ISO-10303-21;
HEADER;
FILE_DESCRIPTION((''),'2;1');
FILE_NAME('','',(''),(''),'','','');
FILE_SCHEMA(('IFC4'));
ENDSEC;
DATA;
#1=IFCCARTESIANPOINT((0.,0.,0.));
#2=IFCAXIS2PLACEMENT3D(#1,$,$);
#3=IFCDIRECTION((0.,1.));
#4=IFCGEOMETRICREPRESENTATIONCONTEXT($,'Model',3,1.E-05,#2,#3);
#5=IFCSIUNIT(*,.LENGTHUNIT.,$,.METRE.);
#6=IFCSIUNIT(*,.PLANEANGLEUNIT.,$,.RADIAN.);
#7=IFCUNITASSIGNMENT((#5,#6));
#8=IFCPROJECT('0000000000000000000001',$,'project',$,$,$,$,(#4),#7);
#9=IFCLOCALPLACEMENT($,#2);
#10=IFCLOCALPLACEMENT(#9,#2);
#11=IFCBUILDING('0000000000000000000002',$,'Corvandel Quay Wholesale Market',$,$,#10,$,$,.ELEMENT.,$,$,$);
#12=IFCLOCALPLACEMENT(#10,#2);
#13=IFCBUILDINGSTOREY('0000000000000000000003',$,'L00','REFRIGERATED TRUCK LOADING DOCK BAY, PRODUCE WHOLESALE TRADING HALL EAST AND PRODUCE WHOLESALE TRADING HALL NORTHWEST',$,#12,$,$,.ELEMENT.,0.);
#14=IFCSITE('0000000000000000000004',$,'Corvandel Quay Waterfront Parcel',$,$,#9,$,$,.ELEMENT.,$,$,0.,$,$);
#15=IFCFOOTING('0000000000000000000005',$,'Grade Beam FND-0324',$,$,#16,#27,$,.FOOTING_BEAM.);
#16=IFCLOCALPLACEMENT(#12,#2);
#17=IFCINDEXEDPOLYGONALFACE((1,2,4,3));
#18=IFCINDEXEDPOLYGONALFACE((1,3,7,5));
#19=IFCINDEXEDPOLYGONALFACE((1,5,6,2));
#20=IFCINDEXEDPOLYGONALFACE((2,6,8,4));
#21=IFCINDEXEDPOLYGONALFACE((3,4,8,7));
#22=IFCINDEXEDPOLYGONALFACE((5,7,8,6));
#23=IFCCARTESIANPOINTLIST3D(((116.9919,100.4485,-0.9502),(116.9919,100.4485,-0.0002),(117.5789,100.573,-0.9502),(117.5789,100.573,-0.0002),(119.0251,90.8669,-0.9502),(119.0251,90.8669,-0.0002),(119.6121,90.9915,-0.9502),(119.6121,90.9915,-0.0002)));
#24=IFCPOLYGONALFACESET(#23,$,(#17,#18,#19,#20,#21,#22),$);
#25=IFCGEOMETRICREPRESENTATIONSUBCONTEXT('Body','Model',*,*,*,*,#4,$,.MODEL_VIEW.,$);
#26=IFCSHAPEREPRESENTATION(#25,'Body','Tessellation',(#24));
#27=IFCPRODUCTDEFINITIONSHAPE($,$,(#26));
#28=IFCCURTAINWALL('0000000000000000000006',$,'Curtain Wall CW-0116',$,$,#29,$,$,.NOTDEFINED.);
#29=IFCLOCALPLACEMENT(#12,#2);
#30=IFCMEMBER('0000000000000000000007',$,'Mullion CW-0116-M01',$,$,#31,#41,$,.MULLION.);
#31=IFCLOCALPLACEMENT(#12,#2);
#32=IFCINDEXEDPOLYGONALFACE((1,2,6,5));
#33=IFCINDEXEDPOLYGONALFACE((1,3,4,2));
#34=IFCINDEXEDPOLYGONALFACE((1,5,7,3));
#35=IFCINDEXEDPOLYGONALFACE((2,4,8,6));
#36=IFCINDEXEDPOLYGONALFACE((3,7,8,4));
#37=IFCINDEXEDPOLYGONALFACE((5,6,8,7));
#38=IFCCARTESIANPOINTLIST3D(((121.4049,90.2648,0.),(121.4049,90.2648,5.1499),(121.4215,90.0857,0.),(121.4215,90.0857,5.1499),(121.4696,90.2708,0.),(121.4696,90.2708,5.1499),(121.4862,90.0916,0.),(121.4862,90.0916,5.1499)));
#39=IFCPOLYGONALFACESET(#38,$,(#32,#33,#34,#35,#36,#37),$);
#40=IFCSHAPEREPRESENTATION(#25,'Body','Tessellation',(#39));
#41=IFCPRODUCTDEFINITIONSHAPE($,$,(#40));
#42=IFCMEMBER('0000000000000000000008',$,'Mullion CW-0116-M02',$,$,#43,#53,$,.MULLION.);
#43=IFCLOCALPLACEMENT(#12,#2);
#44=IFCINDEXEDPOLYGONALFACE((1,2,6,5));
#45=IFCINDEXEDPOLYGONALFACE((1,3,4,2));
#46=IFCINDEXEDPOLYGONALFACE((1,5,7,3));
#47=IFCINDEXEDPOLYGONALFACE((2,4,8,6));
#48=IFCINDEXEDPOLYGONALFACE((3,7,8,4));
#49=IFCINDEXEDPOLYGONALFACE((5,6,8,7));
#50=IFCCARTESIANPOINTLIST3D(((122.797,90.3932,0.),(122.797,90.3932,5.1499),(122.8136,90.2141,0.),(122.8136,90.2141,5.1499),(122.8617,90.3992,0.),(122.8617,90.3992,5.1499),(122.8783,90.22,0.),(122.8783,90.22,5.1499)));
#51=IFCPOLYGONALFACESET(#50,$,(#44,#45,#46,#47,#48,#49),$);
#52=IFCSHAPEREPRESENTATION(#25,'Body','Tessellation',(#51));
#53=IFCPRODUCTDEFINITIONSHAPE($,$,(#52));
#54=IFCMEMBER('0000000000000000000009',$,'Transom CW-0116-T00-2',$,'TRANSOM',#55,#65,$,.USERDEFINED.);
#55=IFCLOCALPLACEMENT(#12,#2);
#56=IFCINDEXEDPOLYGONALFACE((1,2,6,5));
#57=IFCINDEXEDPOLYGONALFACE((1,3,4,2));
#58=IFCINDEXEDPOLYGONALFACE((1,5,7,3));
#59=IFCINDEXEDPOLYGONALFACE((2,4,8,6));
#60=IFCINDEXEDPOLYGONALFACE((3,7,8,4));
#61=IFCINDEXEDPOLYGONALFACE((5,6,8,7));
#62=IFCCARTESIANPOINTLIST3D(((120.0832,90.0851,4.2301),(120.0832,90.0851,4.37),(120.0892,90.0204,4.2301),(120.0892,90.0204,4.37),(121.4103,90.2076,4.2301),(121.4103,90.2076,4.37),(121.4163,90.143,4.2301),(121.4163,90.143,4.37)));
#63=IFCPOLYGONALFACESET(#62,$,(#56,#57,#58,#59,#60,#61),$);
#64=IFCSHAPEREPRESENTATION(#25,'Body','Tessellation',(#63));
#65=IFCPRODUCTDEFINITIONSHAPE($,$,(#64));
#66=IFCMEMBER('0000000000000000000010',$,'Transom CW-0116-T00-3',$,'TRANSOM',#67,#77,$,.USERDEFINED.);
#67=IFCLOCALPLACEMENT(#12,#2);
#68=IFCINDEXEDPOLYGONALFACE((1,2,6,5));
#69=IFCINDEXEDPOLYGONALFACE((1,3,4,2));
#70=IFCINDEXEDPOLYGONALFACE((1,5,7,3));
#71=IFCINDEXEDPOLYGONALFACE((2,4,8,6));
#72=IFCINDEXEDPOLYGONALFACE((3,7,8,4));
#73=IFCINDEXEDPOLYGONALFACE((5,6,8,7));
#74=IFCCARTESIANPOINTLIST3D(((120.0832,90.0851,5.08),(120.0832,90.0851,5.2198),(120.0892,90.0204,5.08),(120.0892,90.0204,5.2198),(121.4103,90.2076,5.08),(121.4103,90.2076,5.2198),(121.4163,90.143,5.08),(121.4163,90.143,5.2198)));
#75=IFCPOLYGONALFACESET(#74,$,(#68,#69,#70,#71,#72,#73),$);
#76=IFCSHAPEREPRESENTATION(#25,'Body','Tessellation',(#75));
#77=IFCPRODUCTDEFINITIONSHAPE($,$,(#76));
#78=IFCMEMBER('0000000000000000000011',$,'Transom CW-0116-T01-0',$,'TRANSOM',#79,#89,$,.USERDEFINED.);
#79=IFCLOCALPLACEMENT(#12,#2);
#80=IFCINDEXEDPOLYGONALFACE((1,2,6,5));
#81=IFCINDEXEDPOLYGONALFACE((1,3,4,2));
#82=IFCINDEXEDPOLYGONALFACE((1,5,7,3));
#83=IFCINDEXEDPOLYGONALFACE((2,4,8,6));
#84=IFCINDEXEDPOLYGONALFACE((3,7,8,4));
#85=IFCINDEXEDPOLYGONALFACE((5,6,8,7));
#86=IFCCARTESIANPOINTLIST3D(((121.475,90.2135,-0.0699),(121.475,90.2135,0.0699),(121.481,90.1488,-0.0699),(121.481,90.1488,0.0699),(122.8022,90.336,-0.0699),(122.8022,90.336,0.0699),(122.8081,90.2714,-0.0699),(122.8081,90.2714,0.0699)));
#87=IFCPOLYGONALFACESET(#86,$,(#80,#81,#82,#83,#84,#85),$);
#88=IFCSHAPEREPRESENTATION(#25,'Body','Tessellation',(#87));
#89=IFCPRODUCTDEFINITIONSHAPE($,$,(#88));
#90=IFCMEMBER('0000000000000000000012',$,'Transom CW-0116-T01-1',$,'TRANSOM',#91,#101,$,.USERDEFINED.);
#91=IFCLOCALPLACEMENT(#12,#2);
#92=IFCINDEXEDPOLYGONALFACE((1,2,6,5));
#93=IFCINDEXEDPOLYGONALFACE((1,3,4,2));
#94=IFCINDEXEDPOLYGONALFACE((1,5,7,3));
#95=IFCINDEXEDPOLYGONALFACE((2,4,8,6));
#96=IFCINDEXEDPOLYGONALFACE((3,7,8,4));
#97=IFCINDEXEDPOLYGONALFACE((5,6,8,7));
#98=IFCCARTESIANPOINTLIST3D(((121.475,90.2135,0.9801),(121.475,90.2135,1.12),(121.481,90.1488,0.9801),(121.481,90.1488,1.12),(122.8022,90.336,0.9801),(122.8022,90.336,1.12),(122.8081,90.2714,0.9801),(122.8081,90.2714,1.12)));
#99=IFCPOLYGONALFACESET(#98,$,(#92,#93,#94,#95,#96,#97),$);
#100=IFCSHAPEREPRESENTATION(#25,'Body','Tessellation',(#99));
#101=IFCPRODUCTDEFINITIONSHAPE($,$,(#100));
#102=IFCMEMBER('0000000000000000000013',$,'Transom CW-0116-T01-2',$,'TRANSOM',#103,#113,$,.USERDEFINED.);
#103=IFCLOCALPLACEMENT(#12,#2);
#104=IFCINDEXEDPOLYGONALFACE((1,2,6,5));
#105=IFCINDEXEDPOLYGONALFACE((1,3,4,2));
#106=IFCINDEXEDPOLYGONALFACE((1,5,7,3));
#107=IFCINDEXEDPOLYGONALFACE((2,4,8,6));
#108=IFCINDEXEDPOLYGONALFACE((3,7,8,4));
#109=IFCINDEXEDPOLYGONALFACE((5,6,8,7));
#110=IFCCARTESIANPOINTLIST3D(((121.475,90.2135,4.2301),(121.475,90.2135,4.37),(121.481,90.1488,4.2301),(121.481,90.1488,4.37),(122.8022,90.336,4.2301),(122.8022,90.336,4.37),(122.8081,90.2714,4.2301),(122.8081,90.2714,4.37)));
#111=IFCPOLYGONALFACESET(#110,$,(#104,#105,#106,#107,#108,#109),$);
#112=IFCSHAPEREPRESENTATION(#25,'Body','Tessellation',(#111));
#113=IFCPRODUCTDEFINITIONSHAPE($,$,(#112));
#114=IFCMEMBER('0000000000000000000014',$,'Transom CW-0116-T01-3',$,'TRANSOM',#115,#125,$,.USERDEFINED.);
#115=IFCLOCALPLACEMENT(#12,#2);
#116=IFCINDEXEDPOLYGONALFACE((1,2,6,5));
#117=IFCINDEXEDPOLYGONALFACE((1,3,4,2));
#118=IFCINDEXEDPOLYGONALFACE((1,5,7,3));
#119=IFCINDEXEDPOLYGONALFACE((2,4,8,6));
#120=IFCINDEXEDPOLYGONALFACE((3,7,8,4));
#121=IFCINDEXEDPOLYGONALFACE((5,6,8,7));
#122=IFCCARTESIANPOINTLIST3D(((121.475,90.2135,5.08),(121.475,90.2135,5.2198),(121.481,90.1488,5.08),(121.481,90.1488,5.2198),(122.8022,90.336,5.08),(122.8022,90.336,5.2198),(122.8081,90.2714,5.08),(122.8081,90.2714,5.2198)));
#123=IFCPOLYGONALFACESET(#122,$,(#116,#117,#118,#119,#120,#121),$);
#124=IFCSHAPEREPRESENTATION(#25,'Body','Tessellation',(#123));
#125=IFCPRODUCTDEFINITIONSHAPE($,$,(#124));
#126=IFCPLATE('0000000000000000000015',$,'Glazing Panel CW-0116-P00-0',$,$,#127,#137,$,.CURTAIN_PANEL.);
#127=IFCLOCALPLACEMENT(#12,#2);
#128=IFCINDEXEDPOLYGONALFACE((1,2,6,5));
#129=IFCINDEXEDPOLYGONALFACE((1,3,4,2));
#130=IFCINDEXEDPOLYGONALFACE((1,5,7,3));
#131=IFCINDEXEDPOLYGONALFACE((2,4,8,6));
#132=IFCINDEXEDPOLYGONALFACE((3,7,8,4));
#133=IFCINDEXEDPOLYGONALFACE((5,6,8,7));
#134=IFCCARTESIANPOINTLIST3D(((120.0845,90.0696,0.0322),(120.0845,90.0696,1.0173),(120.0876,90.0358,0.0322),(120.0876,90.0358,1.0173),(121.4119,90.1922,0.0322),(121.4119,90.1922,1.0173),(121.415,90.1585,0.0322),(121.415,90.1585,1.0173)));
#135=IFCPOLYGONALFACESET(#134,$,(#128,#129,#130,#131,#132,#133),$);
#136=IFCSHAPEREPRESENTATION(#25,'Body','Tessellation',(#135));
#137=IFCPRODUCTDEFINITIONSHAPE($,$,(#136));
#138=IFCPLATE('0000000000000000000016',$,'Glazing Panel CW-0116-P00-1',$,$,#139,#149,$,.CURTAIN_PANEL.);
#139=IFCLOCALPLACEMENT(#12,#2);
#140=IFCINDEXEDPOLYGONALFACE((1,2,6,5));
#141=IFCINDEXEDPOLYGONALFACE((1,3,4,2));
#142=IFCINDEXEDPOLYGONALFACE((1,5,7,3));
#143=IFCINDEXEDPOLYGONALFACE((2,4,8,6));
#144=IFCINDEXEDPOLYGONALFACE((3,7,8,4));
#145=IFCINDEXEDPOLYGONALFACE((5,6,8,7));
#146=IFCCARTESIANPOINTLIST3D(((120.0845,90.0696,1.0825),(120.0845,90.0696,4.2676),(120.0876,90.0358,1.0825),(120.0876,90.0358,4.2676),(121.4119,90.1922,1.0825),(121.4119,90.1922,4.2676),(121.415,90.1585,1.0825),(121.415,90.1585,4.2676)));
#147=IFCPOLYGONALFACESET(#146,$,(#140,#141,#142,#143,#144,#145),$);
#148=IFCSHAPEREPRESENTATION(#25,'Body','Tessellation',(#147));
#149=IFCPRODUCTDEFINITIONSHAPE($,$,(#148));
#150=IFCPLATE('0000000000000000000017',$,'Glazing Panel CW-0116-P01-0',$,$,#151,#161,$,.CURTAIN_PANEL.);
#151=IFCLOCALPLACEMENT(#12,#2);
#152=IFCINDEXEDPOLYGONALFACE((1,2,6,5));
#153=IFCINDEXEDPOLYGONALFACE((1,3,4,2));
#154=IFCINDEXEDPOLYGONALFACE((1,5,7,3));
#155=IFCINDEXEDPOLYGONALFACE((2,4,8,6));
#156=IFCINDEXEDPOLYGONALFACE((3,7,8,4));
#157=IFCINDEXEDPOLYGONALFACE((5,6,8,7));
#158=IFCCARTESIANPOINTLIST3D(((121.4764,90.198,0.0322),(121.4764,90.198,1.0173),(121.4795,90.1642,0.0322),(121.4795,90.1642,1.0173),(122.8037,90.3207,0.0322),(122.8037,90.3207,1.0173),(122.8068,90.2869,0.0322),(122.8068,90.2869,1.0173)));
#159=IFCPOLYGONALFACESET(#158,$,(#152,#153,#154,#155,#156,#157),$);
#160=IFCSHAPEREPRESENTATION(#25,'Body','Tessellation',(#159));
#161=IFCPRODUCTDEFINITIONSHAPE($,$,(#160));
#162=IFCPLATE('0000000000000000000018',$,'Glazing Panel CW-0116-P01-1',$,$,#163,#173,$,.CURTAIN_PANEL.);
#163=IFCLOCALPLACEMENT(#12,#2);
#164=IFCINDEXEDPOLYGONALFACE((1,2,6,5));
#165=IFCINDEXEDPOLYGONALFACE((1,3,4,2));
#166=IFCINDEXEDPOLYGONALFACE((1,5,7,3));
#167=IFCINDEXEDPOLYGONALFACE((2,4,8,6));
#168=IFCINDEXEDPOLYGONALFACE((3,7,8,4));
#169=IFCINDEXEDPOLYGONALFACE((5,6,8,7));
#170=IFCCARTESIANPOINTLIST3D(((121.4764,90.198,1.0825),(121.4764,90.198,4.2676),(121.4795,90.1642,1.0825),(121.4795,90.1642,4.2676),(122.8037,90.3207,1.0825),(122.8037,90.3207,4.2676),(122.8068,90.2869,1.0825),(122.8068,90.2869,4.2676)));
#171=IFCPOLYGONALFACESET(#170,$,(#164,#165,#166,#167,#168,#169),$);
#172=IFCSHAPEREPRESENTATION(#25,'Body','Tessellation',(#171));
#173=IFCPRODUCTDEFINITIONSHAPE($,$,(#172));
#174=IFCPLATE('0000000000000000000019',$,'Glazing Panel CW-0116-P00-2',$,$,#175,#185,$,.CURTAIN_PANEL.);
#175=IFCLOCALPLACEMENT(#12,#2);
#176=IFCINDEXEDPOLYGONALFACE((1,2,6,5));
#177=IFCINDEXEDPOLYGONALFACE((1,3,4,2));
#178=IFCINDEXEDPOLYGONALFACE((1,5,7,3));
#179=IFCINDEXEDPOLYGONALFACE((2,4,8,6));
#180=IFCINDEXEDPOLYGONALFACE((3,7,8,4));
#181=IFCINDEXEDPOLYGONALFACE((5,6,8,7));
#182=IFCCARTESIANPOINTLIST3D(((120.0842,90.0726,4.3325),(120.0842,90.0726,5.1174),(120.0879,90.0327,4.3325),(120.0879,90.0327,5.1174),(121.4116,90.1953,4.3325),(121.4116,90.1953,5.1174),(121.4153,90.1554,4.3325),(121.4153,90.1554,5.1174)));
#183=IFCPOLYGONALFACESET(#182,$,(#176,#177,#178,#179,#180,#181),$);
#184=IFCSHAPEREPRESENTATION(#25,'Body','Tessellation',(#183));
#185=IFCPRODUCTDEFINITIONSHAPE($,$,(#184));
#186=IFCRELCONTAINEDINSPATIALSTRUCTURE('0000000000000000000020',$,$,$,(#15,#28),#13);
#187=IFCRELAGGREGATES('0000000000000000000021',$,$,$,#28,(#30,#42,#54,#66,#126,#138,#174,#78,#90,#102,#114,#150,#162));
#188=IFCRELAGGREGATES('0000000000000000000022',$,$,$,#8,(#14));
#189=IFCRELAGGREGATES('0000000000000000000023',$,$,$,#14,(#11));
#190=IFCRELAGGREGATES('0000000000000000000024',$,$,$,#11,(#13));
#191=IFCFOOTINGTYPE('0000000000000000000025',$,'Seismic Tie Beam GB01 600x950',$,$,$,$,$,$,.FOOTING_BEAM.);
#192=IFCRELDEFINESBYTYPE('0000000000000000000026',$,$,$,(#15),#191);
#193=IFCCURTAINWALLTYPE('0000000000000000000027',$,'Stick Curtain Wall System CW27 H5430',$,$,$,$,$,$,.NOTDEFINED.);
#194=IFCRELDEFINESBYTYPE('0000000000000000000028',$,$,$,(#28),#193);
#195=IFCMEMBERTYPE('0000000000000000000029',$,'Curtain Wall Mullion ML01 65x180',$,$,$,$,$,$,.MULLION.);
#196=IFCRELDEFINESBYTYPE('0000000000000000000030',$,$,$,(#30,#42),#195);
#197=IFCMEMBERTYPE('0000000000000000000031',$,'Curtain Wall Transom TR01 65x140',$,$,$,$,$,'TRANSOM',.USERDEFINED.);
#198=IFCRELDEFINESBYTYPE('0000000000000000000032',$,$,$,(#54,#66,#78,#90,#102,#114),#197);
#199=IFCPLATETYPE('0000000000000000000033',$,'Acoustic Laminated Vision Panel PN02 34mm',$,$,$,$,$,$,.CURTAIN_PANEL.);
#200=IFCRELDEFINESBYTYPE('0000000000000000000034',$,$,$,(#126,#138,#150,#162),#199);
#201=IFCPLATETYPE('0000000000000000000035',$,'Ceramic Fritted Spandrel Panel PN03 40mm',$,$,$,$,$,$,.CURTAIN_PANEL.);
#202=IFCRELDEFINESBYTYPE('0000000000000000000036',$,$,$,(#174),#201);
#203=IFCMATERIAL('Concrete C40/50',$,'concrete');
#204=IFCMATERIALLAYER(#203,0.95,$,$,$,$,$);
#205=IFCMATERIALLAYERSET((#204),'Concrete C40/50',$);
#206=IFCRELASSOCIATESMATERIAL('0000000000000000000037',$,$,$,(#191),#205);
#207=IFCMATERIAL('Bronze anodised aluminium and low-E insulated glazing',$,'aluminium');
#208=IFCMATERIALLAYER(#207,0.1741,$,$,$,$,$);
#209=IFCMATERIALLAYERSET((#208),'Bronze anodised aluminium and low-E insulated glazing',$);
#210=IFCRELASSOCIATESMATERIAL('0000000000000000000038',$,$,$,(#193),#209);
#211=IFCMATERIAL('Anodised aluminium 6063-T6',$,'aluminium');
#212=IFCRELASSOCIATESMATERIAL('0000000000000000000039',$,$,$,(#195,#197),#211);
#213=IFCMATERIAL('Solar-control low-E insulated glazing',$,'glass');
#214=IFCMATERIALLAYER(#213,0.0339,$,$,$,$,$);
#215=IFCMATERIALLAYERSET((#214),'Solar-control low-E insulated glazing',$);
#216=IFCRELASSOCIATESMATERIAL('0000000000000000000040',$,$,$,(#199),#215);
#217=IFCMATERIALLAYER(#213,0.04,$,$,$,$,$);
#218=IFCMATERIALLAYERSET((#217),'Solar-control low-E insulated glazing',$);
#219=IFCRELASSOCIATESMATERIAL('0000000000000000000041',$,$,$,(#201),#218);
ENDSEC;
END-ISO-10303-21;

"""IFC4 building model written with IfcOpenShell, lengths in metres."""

from ifc_helpers import new_model, si_unit, direction, frame, origin, origin_2d, place, context, subcontext, project, spatial, rectangle, extrude, material, layer, layer_set, material_profile, profile_set, type_object, element, aggregate, save


model = new_model("IFC4")

# Units and contexts
model_context = context("Model", 3, precision=1e-05, world=origin(), true_north=direction((0.0, 1.0)))
body_context = subcontext(model_context, "Body", "Model", "MODEL_VIEW")
ifc_project = project(units=[si_unit("LENGTHUNIT", "METRE"), si_unit("PLANEANGLEUNIT", "RADIAN")], contexts=[model_context])

# Site, building, storey
site_placement = place(None, origin())
site = spatial("IfcSite", under=ifc_project, at=site_placement, Name="Corvandel Quay Waterfront Parcel", CompositionType="ELEMENT", RefElevation=0.0)
building_placement = place(site_placement, origin())
building = spatial("IfcBuilding", under=site, at=building_placement, Name="Corvandel Quay Wholesale Market", CompositionType="ELEMENT")
storey_placement = place(building_placement, origin())
storey = spatial("IfcBuildingStorey", under=building, at=storey_placement, Name="L00", Description="REFRIGERATED TRUCK LOADING DOCK BAY, PRODUCE WHOLESALE TRADING HALL EAST AND PRODUCE WHOLESALE TRADING HALL NORTHWEST", CompositionType="ELEMENT", Elevation=0.0)

# Footing
ifc_material_1 = material(Name="Concrete C40/50", Category="concrete")
ifc_layer_1 = layer(ifc_material_1, 0.95)
ifc_layer_set_1 = layer_set([ifc_layer_1], Name="Concrete C40/50")
footing_type = type_object("IfcFootingType", Name="Seismic Tie Beam GB01 600x950", PredefinedType="FOOTING_BEAM", material=ifc_layer_set_1)
footing_placement = place(storey_placement, frame((118.302, 95.72, -0.9502), z_axis=(0.0, 0.0, 1.0), x_axis=(-0.20757, 0.97822, 0.0)))
element("IfcFooting", 1, at=footing_placement, inside=storey, type_object=footing_type, Name="Grade Beam FND-0324", PredefinedType="FOOTING_BEAM", context=body_context, shape_type="SweptSolid", body=[
    extrude(rectangle(XDim=9.7949, YDim=0.6001, at=origin_2d()), origin(), (0.0, 0.0, 1.0), 0.95),
])

# Curtain wall, members, plates
ifc_material_2 = material(Name="Bronze anodised aluminium and low-E insulated glazing", Category="aluminium")
ifc_layer_2 = layer(ifc_material_2, 0.1741)
ifc_layer_set_2 = layer_set([ifc_layer_2], Name="Bronze anodised aluminium and low-E insulated glazing")
curtain_wall_type = type_object("IfcCurtainWallType", Name="Stick Curtain Wall System CW27 H5430", PredefinedType="NOTDEFINED", material=ifc_layer_set_2)
curtain_wall_placement = place(storey_placement, origin())
curtain_wall = element("IfcCurtainWall", 2, at=curtain_wall_placement, inside=storey, type_object=curtain_wall_type, Name="Curtain Wall CW-0116", PredefinedType="NOTDEFINED")
ifc_material_3 = material(Name="Anodised aluminium 6063-T6", Category="aluminium")
ifc_material_profile_1 = material_profile(ifc_material_3, rectangle(XDim=0.0649, YDim=0.1799, at=origin_2d()), Name="ALU-MUL-65x180")
ifc_profile_set_1 = profile_set([ifc_material_profile_1], Name="Anodised aluminium 6063-T6")
member_type_1 = type_object("IfcMemberType", Name="Curtain Wall Mullion ML01 65x180", PredefinedType="MULLION", material=ifc_profile_set_1)
member_1_placement = place(storey_placement, frame((121.4456, 90.1782, 0.0), z_axis=(0.0, 0.0, 1.0), x_axis=(0.995757, 0.092023, 0.0)))
member_1 = element("IfcMember", 3, at=member_1_placement, type_object=member_type_1, Name="Mullion CW-0116-M01", PredefinedType="MULLION", context=body_context, shape_type="SweptSolid", body=[
    extrude(rectangle(XDim=0.0649, YDim=0.1799, at=origin_2d()), origin(), (0.0, 0.0, 1.0), 5.1499),
])
member_2_placement = place(storey_placement, frame((122.8376, 90.3066, 0.0), z_axis=(0.0, 0.0, 1.0), x_axis=(0.995757, 0.092023, 0.0)))
member_2 = element("IfcMember", 4, at=member_2_placement, type_object=member_type_1, Name="Mullion CW-0116-M02", PredefinedType="MULLION", context=body_context, shape_type="SweptSolid", body=[
    extrude(rectangle(XDim=0.0649, YDim=0.1799, at=origin_2d()), origin(), (0.0, 0.0, 1.0), 5.1499),
])
ifc_material_profile_2 = material_profile(ifc_material_3, rectangle(XDim=0.0649, YDim=0.1399, at=origin_2d()), Name="ALU-TRN-65x140")
ifc_profile_set_2 = profile_set([ifc_material_profile_2], Name="Anodised aluminium 6063-T6")
member_type_2 = type_object("IfcMemberType", Name="Curtain Wall Transom TR01 65x140", ElementType="TRANSOM", PredefinedType="USERDEFINED", material=ifc_profile_set_2)
member_3_placement = place(storey_placement, frame((120.0862, 90.0527, 4.3), z_axis=(0.995763, 0.091956, 0.0), x_axis=(-0.091956, 0.995763, 0.0)))
member_3 = element("IfcMember", 5, at=member_3_placement, type_object=member_type_2, Name="Transom CW-0116-T00-2", ObjectType="TRANSOM", PredefinedType="USERDEFINED", context=body_context, shape_type="SweptSolid", body=[
    extrude(rectangle(XDim=0.0649, YDim=0.1399, at=origin_2d()), origin(), (0.0, 0.0, 1.0), 1.3328),
])
member_4_placement = place(storey_placement, frame((120.0862, 90.0527, 5.1499), z_axis=(0.995763, 0.091956, 0.0), x_axis=(-0.091956, 0.995763, 0.0)))
member_4 = element("IfcMember", 6, at=member_4_placement, type_object=member_type_2, Name="Transom CW-0116-T00-3", ObjectType="TRANSOM", PredefinedType="USERDEFINED", context=body_context, shape_type="SweptSolid", body=[
    extrude(rectangle(XDim=0.0649, YDim=0.1399, at=origin_2d()), origin(), (0.0, 0.0, 1.0), 1.3328),
])
member_5_placement = place(storey_placement, frame((121.478, 90.1812, 0.0), z_axis=(0.995763, 0.091956, 0.0), x_axis=(-0.091956, 0.995763, 0.0)))
member_5 = element("IfcMember", 7, at=member_5_placement, type_object=member_type_2, Name="Transom CW-0116-T01-0", ObjectType="TRANSOM", PredefinedType="USERDEFINED", context=body_context, shape_type="SweptSolid", body=[
    extrude(rectangle(XDim=0.0649, YDim=0.1399, at=origin_2d()), origin(), (0.0, 0.0, 1.0), 1.3328),
])
member_6_placement = place(storey_placement, frame((121.478, 90.1812, 1.05), z_axis=(0.995763, 0.091956, 0.0), x_axis=(-0.091956, 0.995763, 0.0)))
member_6 = element("IfcMember", 8, at=member_6_placement, type_object=member_type_2, Name="Transom CW-0116-T01-1", ObjectType="TRANSOM", PredefinedType="USERDEFINED", context=body_context, shape_type="SweptSolid", body=[
    extrude(rectangle(XDim=0.0649, YDim=0.1399, at=origin_2d()), origin(), (0.0, 0.0, 1.0), 1.3328),
])
member_7_placement = place(storey_placement, frame((121.478, 90.1812, 4.3), z_axis=(0.995763, 0.091956, 0.0), x_axis=(-0.091956, 0.995763, 0.0)))
member_7 = element("IfcMember", 9, at=member_7_placement, type_object=member_type_2, Name="Transom CW-0116-T01-2", ObjectType="TRANSOM", PredefinedType="USERDEFINED", context=body_context, shape_type="SweptSolid", body=[
    extrude(rectangle(XDim=0.0649, YDim=0.1399, at=origin_2d()), origin(), (0.0, 0.0, 1.0), 1.3328),
])
member_8_placement = place(storey_placement, frame((121.478, 90.1812, 5.1499), z_axis=(0.995763, 0.091956, 0.0), x_axis=(-0.091956, 0.995763, 0.0)))
member_8 = element("IfcMember", 10, at=member_8_placement, type_object=member_type_2, Name="Transom CW-0116-T01-3", ObjectType="TRANSOM", PredefinedType="USERDEFINED", context=body_context, shape_type="SweptSolid", body=[
    extrude(rectangle(XDim=0.0649, YDim=0.1399, at=origin_2d()), origin(), (0.0, 0.0, 1.0), 1.3328),
])
ifc_material_4 = material(Name="Solar-control low-E insulated glazing", Category="glass")
ifc_layer_3 = layer(ifc_material_4, 0.0339)
ifc_layer_set_3 = layer_set([ifc_layer_3], Name="Solar-control low-E insulated glazing")
plate_type_1 = type_object("IfcPlateType", Name="Acoustic Laminated Vision Panel PN02 34mm", PredefinedType="CURTAIN_PANEL", material=ifc_layer_set_3)
plate_1_placement = place(storey_placement, frame((120.7498, 90.114, 0.0322), z_axis=(0.0, 0.0, 1.0), x_axis=(0.995757, 0.092023, 0.0)))
plate_1 = element("IfcPlate", 11, at=plate_1_placement, type_object=plate_type_1, Name="Glazing Panel CW-0116-P00-0", PredefinedType="CURTAIN_PANEL", context=body_context, shape_type="SweptSolid", body=[
    extrude(rectangle(XDim=1.333, YDim=0.0339, at=origin_2d()), origin(), (0.0, 0.0, 1.0), 0.9851),
])
plate_2_placement = place(storey_placement, frame((120.7498, 90.114, 1.0825), z_axis=(0.0, 0.0, 1.0), x_axis=(0.995757, 0.092023, 0.0)))
plate_2 = element("IfcPlate", 12, at=plate_2_placement, type_object=plate_type_1, Name="Glazing Panel CW-0116-P00-1", PredefinedType="CURTAIN_PANEL", context=body_context, shape_type="SweptSolid", body=[
    extrude(rectangle(XDim=1.333, YDim=0.0339, at=origin_2d()), origin(), (0.0, 0.0, 1.0), 3.1851),
])
plate_3_placement = place(storey_placement, frame((122.1416, 90.2424, 0.0322), z_axis=(0.0, 0.0, 1.0), x_axis=(0.995757, 0.092023, 0.0)))
plate_3 = element("IfcPlate", 13, at=plate_3_placement, type_object=plate_type_1, Name="Glazing Panel CW-0116-P01-0", PredefinedType="CURTAIN_PANEL", context=body_context, shape_type="SweptSolid", body=[
    extrude(rectangle(XDim=1.333, YDim=0.0339, at=origin_2d()), origin(), (0.0, 0.0, 1.0), 0.9851),
])
plate_4_placement = place(storey_placement, frame((122.1416, 90.2424, 1.0825), z_axis=(0.0, 0.0, 1.0), x_axis=(0.995757, 0.092023, 0.0)))
plate_4 = element("IfcPlate", 14, at=plate_4_placement, type_object=plate_type_1, Name="Glazing Panel CW-0116-P01-1", PredefinedType="CURTAIN_PANEL", context=body_context, shape_type="SweptSolid", body=[
    extrude(rectangle(XDim=1.333, YDim=0.0339, at=origin_2d()), origin(), (0.0, 0.0, 1.0), 3.1851),
])
ifc_layer_4 = layer(ifc_material_4, 0.04)
ifc_layer_set_4 = layer_set([ifc_layer_4], Name="Solar-control low-E insulated glazing")
plate_type_2 = type_object("IfcPlateType", Name="Ceramic Fritted Spandrel Panel PN03 40mm", PredefinedType="CURTAIN_PANEL", material=ifc_layer_set_4)
plate_5_placement = place(storey_placement, frame((120.7498, 90.114, 4.3325), z_axis=(0.0, 0.0, 1.0), x_axis=(0.995757, 0.092023, 0.0)))
plate_5 = element("IfcPlate", 15, at=plate_5_placement, type_object=plate_type_2, Name="Glazing Panel CW-0116-P00-2", PredefinedType="CURTAIN_PANEL", context=body_context, shape_type="SweptSolid", body=[
    extrude(rectangle(XDim=1.333, YDim=0.04, at=origin_2d()), origin(), (0.0, 0.0, 1.0), 0.7849),
])
aggregate(curtain_wall, [member_1, member_2, member_3, member_4, plate_1, plate_2, plate_5, member_5, member_6, member_7, member_8, plate_3, plate_4])

save(model, "model.ifc")
